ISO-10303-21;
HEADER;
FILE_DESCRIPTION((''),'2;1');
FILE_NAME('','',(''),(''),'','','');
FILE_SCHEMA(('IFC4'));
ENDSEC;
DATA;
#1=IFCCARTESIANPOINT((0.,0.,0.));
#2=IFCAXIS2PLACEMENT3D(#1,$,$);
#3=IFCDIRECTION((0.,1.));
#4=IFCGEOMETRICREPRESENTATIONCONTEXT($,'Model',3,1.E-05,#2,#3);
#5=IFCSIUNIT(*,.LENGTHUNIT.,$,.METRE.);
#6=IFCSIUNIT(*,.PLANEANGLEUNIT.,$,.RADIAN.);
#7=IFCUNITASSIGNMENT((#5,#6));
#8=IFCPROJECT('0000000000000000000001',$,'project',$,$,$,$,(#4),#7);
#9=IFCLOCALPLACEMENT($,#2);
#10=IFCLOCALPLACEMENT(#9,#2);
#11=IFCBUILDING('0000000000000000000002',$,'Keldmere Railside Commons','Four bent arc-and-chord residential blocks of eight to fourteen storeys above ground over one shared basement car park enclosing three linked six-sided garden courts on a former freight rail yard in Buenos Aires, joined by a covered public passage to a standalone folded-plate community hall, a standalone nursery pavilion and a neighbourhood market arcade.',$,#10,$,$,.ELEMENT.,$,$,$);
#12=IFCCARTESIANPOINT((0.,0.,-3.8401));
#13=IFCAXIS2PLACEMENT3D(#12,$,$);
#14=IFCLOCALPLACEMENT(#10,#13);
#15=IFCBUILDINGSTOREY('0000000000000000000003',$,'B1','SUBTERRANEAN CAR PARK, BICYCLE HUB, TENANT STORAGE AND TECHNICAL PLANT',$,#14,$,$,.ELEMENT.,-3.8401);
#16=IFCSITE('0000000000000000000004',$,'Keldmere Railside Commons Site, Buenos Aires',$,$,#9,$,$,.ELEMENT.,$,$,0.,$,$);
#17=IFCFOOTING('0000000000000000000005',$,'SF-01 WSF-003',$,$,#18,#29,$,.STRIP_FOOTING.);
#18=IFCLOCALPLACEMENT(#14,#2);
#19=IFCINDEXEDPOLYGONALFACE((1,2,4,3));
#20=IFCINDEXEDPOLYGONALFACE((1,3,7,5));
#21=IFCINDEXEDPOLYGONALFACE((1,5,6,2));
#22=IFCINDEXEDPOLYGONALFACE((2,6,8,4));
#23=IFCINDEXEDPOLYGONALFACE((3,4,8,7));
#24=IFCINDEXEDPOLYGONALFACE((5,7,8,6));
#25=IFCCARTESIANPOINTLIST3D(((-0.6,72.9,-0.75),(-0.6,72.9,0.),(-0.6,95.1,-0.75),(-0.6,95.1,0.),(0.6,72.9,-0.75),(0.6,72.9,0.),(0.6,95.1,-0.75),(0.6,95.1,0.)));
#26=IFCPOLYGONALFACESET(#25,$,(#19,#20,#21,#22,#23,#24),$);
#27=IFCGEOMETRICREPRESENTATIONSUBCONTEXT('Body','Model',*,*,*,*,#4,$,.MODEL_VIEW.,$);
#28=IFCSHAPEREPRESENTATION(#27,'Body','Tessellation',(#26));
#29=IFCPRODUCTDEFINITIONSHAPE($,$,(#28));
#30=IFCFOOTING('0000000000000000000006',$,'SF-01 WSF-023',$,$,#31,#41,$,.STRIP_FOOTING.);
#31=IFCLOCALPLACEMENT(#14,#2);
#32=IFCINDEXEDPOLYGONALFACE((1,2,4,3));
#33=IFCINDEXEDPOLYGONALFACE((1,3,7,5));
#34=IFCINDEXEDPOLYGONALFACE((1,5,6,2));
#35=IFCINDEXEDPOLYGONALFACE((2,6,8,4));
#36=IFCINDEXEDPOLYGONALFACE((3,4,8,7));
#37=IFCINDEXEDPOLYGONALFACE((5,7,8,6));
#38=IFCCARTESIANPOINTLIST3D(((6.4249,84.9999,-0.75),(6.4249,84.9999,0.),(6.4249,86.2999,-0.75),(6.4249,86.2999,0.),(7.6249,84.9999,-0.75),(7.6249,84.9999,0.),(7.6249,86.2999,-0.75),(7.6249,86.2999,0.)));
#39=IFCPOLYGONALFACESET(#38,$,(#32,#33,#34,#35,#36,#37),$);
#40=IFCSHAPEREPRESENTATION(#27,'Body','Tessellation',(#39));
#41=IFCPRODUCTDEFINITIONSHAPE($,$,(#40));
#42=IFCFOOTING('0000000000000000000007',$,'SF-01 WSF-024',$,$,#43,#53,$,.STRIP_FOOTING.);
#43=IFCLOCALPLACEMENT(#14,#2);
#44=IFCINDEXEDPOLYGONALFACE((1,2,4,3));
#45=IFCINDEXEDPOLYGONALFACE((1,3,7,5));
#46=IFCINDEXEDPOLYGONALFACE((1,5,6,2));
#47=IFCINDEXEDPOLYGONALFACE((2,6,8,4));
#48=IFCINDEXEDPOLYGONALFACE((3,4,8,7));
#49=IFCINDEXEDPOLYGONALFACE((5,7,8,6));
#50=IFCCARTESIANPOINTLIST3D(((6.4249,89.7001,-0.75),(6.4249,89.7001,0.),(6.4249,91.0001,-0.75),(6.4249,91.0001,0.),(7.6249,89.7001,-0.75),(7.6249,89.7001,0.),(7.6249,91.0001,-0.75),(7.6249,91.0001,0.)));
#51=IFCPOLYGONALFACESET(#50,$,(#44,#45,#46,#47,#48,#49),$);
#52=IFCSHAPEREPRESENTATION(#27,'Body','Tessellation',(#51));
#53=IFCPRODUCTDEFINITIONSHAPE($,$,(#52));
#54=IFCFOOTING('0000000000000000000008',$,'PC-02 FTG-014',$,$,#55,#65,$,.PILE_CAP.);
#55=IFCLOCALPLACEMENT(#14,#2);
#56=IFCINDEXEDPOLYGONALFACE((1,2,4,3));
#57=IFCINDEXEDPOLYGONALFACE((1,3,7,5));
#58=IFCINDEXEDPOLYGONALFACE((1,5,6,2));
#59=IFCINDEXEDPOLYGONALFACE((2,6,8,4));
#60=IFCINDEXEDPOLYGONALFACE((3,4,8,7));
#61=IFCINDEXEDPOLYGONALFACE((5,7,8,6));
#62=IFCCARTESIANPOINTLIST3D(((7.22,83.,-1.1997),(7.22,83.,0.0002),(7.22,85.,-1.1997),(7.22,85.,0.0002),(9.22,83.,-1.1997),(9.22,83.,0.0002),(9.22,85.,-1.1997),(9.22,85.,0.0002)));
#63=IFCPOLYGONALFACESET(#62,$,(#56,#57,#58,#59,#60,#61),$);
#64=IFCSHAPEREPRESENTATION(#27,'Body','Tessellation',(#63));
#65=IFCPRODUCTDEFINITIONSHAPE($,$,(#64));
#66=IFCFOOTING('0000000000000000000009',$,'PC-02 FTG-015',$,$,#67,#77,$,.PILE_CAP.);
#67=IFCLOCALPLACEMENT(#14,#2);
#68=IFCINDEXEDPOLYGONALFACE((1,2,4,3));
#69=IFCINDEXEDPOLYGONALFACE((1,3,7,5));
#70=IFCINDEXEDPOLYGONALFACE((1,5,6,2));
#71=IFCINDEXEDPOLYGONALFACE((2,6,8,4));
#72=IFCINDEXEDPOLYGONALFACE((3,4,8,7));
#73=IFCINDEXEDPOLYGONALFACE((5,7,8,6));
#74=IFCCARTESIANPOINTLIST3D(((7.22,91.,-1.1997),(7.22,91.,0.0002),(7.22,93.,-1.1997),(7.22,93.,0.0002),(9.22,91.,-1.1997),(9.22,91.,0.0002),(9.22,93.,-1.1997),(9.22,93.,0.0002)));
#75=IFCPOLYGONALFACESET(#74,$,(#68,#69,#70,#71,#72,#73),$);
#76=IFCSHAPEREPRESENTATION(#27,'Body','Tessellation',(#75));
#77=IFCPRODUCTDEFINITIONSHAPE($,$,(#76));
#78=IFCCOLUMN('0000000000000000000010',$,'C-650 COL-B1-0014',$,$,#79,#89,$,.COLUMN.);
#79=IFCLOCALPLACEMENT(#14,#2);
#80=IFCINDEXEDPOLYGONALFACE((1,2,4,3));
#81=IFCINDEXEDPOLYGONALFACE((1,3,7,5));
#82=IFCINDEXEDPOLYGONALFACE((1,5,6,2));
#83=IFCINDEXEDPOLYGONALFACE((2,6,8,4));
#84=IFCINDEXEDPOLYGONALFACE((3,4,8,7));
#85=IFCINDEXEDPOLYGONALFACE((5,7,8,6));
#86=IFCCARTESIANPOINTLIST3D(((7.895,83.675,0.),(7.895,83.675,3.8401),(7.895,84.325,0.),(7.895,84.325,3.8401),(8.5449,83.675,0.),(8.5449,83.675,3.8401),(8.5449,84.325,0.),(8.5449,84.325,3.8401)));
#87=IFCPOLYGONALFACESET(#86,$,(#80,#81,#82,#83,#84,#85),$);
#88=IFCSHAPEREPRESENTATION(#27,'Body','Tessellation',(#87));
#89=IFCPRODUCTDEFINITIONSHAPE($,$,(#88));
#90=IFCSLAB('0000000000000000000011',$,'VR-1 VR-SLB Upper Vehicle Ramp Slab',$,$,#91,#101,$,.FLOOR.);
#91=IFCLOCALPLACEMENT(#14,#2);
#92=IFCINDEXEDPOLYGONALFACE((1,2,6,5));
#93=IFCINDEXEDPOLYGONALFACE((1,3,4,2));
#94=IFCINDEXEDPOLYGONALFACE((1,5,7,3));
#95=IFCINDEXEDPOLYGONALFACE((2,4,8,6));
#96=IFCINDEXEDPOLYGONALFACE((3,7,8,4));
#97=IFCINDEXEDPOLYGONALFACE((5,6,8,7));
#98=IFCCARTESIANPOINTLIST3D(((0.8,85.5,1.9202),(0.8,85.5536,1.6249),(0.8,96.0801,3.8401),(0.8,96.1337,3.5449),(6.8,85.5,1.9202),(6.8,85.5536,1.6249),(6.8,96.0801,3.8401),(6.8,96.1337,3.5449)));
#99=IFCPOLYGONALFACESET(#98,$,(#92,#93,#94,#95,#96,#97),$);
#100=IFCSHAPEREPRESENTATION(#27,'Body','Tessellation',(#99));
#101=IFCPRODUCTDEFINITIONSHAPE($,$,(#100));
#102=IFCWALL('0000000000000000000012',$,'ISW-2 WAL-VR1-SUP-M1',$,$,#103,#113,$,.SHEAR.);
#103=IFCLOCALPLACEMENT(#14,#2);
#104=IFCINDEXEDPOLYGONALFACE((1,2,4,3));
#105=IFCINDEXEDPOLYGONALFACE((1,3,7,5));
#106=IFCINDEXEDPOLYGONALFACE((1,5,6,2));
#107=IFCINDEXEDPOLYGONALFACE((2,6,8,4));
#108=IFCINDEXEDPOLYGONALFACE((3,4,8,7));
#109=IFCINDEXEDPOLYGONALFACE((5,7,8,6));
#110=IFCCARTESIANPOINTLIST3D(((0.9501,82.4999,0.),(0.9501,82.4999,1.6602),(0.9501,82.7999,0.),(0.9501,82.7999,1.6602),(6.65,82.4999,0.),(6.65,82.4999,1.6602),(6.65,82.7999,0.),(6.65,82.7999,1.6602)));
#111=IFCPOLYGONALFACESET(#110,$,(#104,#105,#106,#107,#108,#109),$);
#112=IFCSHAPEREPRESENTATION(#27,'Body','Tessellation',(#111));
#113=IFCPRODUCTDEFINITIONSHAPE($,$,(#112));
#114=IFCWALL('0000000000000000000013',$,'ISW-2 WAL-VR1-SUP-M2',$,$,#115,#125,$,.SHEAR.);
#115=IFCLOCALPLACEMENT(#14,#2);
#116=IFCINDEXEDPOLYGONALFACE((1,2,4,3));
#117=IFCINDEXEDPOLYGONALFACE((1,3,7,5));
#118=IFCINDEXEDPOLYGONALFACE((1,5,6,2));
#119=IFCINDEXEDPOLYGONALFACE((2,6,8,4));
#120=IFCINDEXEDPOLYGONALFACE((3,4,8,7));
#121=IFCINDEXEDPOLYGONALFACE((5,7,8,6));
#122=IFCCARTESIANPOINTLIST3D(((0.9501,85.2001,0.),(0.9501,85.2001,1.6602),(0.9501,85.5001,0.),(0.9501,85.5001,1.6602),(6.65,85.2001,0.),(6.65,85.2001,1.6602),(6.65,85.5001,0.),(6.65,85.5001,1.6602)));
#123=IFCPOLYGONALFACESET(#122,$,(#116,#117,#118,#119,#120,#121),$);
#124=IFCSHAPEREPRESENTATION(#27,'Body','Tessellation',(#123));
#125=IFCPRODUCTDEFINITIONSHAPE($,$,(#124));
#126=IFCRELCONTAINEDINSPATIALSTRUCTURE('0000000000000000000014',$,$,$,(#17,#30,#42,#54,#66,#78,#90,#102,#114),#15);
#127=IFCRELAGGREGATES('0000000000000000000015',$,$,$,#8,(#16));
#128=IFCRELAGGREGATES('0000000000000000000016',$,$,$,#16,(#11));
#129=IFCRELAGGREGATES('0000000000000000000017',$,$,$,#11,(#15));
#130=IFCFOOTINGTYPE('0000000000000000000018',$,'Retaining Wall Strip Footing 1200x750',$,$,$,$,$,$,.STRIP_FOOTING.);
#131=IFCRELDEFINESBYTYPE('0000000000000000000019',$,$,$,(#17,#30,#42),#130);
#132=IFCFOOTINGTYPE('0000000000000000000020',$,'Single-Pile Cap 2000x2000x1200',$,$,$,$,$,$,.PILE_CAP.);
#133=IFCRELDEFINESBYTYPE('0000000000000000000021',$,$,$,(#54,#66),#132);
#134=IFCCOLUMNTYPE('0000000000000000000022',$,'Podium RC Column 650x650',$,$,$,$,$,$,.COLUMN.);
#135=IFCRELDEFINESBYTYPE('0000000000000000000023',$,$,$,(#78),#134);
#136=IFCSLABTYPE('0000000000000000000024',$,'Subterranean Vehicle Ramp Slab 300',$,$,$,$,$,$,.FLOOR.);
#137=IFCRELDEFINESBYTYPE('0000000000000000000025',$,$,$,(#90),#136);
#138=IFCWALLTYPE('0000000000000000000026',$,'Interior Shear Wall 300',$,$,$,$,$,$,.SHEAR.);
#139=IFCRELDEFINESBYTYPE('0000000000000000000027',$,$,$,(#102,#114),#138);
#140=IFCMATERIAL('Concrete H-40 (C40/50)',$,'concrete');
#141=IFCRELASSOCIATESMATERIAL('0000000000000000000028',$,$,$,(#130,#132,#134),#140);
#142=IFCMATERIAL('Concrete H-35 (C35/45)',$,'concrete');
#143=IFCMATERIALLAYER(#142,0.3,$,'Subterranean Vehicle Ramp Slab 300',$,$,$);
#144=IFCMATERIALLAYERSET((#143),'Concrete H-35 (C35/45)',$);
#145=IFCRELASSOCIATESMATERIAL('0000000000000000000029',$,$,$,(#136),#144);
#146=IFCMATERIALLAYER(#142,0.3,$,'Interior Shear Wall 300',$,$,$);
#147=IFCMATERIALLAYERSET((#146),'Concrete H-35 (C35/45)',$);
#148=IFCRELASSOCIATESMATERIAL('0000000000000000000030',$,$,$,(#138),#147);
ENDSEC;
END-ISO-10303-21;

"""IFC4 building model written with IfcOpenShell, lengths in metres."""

from ifc_helpers import new_model, si_unit, direction, frame, frame_2d, origin, origin_2d, place, context, subcontext, project, spatial, polyline, rectangle, outline, extrude, material, layer, layer_set, material_profile, profile_set, type_object, element, save


model = new_model("IFC4")

# Units and contexts
model_context = context("Model", 3, precision=1e-05, world=origin(), true_north=direction((0.0, 1.0)))
body_context = subcontext(model_context, "Body", "Model", "MODEL_VIEW")
ifc_project = project(units=[si_unit("LENGTHUNIT", "METRE"), si_unit("PLANEANGLEUNIT", "RADIAN")], contexts=[model_context])

# Site, building, storey
site_placement = place(None, origin())
site = spatial("IfcSite", under=ifc_project, at=site_placement, Name="Keldmere Railside Commons Site, Buenos Aires", CompositionType="ELEMENT", RefElevation=0.0)
building_placement = place(site_placement, origin())
building = spatial("IfcBuilding", under=site, at=building_placement, Name="Keldmere Railside Commons", Description="Four bent arc-and-chord residential blocks of eight to fourteen storeys above ground over one shared basement car park enclosing three linked six-sided garden courts on a former freight rail yard in Buenos Aires, joined by a covered public passage to a standalone folded-plate community hall, a standalone nursery pavilion and a neighbourhood market arcade.", CompositionType="ELEMENT")
storey_placement = place(building_placement, frame((0.0, 0.0, -3.8401)))
storey = spatial("IfcBuildingStorey", under=building, at=storey_placement, Name="B1", Description="SUBTERRANEAN CAR PARK, BICYCLE HUB, TENANT STORAGE AND TECHNICAL PLANT", CompositionType="ELEMENT", Elevation=-3.8401)

# Footings
ifc_material_1 = material(Name="Concrete H-40 (C40/50)", Category="concrete")
footing_type_1 = type_object("IfcFootingType", Name="Retaining Wall Strip Footing 1200x750", PredefinedType="STRIP_FOOTING", material=ifc_material_1)
footing_1_placement = place(storey_placement, frame((0.0, 84.0, -0.75), z_axis=(0.0, 0.0, 1.0), x_axis=(0.0, 1.0, 0.0)))
element("IfcFooting", 1, at=footing_1_placement, inside=storey, type_object=footing_type_1, Name="SF-01 WSF-003", PredefinedType="STRIP_FOOTING", context=body_context, shape_type="SweptSolid", body=[
    extrude(rectangle(XDim=22.2, YDim=1.2, at=origin_2d()), origin(), (0.0, 0.0, 1.0), 0.75),
])
for number, where, z_axis, x_axis, name in (
    (2, (7.0249, 85.6499, -0.75), (0.0, 0.0, 1.0), (0.0, 1.0, 0.0), "SF-01 WSF-023"),
    (3, (7.0249, 90.3501, -0.75), (0.0, 0.0, 1.0), (0.0, 1.0, 0.0), "SF-01 WSF-024"),
):
    element("IfcFooting", number, at=place(storey_placement, frame(where, z_axis=z_axis, x_axis=x_axis)), inside=storey, type_object=footing_type_1, Name=name, PredefinedType="STRIP_FOOTING", context=body_context, shape_type="SweptSolid", body=[
        extrude(rectangle(XDim=1.3, YDim=1.2, at=origin_2d()), origin(), (0.0, 0.0, 1.0), 0.75),
    ])
footing_type_2 = type_object("IfcFootingType", Name="Single-Pile Cap 2000x2000x1200", PredefinedType="PILE_CAP", material=ifc_material_1)
for number, where, z_axis, x_axis, name in (
    (4, (8.22, 84.0, -1.1997), (0.0, 0.0, 1.0), (1.0, 0.0, 0.0), "PC-02 FTG-014"),
    (5, (8.22, 92.0, -1.1997), (0.0, 0.0, 1.0), (1.0, 0.0, 0.0), "PC-02 FTG-015"),
):
    element("IfcFooting", number, at=place(storey_placement, frame(where, z_axis=z_axis, x_axis=x_axis)), inside=storey, type_object=footing_type_2, Name=name, PredefinedType="PILE_CAP", context=body_context, shape_type="SweptSolid", body=[
        extrude(rectangle(XDim=2.0, YDim=2.0, at=origin_2d()), origin(), (0.0, 0.0, 1.0), 1.2),
    ])

# Column
ifc_material_profile_1 = material_profile(ifc_material_1, rectangle(XDim=0.6499, YDim=0.6499, at=origin_2d()), Name="RC-650x650")
ifc_profile_set_1 = profile_set([ifc_material_profile_1], Name="Concrete H-40 (C40/50)")
column_type = type_object("IfcColumnType", Name="Podium RC Column 650x650", PredefinedType="COLUMN", material=ifc_profile_set_1)
column_placement = place(storey_placement, frame((8.22, 84.0, 0.0), z_axis=(0.0, 0.0, 1.0), x_axis=(1.0, 0.0, 0.0)))
element("IfcColumn", 6, at=column_placement, inside=storey, type_object=column_type, Name="C-650 COL-B1-0014", PredefinedType="COLUMN", context=body_context, shape_type="SweptSolid", body=[
    extrude(rectangle(XDim=0.6499, YDim=0.6499, at=origin_2d()), origin(), (0.0, 0.0, 1.0), 3.8401),
])

# Slab
ifc_material_2 = material(Name="Concrete H-35 (C35/45)", Category="concrete")
ifc_layer_1 = layer(ifc_material_2, 0.3, Name="Subterranean Vehicle Ramp Slab 300")
ifc_layer_set_1 = layer_set([ifc_layer_1], Name="Concrete H-35 (C35/45)")
slab_type = type_object("IfcSlabType", Name="Subterranean Vehicle Ramp Slab 300", PredefinedType="FLOOR", material=ifc_layer_set_1)
slab_placement = place(storey_placement, frame((0.8, 85.5, 1.9202), z_axis=(0.0, -0.17855, 0.983931), x_axis=(1.0, 0.0, 0.0)))
element("IfcSlab", 7, at=slab_placement, inside=storey, type_object=slab_type, Name="VR-1 VR-SLB Upper Vehicle Ramp Slab", PredefinedType="FLOOR", context=body_context, shape_type="SweptSolid", body=[
    extrude(outline(polyline([(0.0, 0.0), (6.0, 0.0), (6.0, 10.7529), (0.0, 10.7529), (0.0, 0.0)])), origin(), (0.0, 0.0, -1.0), 0.3),
])

# Walls
ifc_layer_2 = layer(ifc_material_2, 0.3, Name="Interior Shear Wall 300")
ifc_layer_set_2 = layer_set([ifc_layer_2], Name="Concrete H-35 (C35/45)")
wall_type = type_object("IfcWallType", Name="Interior Shear Wall 300", PredefinedType="SHEAR", material=ifc_layer_set_2)
for number, where, z_axis, x_axis, name in (
    (8, (0.95, 82.6499, 0.0), (0.0, 0.0, 1.0), (1.0, 0.0, 0.0), "ISW-2 WAL-VR1-SUP-M1"),
    (9, (0.95, 85.3501, 0.0), (0.0, 0.0, 1.0), (1.0, 0.0, 0.0), "ISW-2 WAL-VR1-SUP-M2"),
):
    element("IfcWall", number, at=place(storey_placement, frame(where, z_axis=z_axis, x_axis=x_axis)), inside=storey, type_object=wall_type, Name=name, PredefinedType="SHEAR", context=body_context, shape_type="SweptSolid", body=[
        extrude(rectangle(XDim=5.7, YDim=0.3, at=frame_2d((2.8501, 0.0))), origin(), (0.0, 0.0, 1.0), 1.6602),
    ])

save(model, "model.ifc")
